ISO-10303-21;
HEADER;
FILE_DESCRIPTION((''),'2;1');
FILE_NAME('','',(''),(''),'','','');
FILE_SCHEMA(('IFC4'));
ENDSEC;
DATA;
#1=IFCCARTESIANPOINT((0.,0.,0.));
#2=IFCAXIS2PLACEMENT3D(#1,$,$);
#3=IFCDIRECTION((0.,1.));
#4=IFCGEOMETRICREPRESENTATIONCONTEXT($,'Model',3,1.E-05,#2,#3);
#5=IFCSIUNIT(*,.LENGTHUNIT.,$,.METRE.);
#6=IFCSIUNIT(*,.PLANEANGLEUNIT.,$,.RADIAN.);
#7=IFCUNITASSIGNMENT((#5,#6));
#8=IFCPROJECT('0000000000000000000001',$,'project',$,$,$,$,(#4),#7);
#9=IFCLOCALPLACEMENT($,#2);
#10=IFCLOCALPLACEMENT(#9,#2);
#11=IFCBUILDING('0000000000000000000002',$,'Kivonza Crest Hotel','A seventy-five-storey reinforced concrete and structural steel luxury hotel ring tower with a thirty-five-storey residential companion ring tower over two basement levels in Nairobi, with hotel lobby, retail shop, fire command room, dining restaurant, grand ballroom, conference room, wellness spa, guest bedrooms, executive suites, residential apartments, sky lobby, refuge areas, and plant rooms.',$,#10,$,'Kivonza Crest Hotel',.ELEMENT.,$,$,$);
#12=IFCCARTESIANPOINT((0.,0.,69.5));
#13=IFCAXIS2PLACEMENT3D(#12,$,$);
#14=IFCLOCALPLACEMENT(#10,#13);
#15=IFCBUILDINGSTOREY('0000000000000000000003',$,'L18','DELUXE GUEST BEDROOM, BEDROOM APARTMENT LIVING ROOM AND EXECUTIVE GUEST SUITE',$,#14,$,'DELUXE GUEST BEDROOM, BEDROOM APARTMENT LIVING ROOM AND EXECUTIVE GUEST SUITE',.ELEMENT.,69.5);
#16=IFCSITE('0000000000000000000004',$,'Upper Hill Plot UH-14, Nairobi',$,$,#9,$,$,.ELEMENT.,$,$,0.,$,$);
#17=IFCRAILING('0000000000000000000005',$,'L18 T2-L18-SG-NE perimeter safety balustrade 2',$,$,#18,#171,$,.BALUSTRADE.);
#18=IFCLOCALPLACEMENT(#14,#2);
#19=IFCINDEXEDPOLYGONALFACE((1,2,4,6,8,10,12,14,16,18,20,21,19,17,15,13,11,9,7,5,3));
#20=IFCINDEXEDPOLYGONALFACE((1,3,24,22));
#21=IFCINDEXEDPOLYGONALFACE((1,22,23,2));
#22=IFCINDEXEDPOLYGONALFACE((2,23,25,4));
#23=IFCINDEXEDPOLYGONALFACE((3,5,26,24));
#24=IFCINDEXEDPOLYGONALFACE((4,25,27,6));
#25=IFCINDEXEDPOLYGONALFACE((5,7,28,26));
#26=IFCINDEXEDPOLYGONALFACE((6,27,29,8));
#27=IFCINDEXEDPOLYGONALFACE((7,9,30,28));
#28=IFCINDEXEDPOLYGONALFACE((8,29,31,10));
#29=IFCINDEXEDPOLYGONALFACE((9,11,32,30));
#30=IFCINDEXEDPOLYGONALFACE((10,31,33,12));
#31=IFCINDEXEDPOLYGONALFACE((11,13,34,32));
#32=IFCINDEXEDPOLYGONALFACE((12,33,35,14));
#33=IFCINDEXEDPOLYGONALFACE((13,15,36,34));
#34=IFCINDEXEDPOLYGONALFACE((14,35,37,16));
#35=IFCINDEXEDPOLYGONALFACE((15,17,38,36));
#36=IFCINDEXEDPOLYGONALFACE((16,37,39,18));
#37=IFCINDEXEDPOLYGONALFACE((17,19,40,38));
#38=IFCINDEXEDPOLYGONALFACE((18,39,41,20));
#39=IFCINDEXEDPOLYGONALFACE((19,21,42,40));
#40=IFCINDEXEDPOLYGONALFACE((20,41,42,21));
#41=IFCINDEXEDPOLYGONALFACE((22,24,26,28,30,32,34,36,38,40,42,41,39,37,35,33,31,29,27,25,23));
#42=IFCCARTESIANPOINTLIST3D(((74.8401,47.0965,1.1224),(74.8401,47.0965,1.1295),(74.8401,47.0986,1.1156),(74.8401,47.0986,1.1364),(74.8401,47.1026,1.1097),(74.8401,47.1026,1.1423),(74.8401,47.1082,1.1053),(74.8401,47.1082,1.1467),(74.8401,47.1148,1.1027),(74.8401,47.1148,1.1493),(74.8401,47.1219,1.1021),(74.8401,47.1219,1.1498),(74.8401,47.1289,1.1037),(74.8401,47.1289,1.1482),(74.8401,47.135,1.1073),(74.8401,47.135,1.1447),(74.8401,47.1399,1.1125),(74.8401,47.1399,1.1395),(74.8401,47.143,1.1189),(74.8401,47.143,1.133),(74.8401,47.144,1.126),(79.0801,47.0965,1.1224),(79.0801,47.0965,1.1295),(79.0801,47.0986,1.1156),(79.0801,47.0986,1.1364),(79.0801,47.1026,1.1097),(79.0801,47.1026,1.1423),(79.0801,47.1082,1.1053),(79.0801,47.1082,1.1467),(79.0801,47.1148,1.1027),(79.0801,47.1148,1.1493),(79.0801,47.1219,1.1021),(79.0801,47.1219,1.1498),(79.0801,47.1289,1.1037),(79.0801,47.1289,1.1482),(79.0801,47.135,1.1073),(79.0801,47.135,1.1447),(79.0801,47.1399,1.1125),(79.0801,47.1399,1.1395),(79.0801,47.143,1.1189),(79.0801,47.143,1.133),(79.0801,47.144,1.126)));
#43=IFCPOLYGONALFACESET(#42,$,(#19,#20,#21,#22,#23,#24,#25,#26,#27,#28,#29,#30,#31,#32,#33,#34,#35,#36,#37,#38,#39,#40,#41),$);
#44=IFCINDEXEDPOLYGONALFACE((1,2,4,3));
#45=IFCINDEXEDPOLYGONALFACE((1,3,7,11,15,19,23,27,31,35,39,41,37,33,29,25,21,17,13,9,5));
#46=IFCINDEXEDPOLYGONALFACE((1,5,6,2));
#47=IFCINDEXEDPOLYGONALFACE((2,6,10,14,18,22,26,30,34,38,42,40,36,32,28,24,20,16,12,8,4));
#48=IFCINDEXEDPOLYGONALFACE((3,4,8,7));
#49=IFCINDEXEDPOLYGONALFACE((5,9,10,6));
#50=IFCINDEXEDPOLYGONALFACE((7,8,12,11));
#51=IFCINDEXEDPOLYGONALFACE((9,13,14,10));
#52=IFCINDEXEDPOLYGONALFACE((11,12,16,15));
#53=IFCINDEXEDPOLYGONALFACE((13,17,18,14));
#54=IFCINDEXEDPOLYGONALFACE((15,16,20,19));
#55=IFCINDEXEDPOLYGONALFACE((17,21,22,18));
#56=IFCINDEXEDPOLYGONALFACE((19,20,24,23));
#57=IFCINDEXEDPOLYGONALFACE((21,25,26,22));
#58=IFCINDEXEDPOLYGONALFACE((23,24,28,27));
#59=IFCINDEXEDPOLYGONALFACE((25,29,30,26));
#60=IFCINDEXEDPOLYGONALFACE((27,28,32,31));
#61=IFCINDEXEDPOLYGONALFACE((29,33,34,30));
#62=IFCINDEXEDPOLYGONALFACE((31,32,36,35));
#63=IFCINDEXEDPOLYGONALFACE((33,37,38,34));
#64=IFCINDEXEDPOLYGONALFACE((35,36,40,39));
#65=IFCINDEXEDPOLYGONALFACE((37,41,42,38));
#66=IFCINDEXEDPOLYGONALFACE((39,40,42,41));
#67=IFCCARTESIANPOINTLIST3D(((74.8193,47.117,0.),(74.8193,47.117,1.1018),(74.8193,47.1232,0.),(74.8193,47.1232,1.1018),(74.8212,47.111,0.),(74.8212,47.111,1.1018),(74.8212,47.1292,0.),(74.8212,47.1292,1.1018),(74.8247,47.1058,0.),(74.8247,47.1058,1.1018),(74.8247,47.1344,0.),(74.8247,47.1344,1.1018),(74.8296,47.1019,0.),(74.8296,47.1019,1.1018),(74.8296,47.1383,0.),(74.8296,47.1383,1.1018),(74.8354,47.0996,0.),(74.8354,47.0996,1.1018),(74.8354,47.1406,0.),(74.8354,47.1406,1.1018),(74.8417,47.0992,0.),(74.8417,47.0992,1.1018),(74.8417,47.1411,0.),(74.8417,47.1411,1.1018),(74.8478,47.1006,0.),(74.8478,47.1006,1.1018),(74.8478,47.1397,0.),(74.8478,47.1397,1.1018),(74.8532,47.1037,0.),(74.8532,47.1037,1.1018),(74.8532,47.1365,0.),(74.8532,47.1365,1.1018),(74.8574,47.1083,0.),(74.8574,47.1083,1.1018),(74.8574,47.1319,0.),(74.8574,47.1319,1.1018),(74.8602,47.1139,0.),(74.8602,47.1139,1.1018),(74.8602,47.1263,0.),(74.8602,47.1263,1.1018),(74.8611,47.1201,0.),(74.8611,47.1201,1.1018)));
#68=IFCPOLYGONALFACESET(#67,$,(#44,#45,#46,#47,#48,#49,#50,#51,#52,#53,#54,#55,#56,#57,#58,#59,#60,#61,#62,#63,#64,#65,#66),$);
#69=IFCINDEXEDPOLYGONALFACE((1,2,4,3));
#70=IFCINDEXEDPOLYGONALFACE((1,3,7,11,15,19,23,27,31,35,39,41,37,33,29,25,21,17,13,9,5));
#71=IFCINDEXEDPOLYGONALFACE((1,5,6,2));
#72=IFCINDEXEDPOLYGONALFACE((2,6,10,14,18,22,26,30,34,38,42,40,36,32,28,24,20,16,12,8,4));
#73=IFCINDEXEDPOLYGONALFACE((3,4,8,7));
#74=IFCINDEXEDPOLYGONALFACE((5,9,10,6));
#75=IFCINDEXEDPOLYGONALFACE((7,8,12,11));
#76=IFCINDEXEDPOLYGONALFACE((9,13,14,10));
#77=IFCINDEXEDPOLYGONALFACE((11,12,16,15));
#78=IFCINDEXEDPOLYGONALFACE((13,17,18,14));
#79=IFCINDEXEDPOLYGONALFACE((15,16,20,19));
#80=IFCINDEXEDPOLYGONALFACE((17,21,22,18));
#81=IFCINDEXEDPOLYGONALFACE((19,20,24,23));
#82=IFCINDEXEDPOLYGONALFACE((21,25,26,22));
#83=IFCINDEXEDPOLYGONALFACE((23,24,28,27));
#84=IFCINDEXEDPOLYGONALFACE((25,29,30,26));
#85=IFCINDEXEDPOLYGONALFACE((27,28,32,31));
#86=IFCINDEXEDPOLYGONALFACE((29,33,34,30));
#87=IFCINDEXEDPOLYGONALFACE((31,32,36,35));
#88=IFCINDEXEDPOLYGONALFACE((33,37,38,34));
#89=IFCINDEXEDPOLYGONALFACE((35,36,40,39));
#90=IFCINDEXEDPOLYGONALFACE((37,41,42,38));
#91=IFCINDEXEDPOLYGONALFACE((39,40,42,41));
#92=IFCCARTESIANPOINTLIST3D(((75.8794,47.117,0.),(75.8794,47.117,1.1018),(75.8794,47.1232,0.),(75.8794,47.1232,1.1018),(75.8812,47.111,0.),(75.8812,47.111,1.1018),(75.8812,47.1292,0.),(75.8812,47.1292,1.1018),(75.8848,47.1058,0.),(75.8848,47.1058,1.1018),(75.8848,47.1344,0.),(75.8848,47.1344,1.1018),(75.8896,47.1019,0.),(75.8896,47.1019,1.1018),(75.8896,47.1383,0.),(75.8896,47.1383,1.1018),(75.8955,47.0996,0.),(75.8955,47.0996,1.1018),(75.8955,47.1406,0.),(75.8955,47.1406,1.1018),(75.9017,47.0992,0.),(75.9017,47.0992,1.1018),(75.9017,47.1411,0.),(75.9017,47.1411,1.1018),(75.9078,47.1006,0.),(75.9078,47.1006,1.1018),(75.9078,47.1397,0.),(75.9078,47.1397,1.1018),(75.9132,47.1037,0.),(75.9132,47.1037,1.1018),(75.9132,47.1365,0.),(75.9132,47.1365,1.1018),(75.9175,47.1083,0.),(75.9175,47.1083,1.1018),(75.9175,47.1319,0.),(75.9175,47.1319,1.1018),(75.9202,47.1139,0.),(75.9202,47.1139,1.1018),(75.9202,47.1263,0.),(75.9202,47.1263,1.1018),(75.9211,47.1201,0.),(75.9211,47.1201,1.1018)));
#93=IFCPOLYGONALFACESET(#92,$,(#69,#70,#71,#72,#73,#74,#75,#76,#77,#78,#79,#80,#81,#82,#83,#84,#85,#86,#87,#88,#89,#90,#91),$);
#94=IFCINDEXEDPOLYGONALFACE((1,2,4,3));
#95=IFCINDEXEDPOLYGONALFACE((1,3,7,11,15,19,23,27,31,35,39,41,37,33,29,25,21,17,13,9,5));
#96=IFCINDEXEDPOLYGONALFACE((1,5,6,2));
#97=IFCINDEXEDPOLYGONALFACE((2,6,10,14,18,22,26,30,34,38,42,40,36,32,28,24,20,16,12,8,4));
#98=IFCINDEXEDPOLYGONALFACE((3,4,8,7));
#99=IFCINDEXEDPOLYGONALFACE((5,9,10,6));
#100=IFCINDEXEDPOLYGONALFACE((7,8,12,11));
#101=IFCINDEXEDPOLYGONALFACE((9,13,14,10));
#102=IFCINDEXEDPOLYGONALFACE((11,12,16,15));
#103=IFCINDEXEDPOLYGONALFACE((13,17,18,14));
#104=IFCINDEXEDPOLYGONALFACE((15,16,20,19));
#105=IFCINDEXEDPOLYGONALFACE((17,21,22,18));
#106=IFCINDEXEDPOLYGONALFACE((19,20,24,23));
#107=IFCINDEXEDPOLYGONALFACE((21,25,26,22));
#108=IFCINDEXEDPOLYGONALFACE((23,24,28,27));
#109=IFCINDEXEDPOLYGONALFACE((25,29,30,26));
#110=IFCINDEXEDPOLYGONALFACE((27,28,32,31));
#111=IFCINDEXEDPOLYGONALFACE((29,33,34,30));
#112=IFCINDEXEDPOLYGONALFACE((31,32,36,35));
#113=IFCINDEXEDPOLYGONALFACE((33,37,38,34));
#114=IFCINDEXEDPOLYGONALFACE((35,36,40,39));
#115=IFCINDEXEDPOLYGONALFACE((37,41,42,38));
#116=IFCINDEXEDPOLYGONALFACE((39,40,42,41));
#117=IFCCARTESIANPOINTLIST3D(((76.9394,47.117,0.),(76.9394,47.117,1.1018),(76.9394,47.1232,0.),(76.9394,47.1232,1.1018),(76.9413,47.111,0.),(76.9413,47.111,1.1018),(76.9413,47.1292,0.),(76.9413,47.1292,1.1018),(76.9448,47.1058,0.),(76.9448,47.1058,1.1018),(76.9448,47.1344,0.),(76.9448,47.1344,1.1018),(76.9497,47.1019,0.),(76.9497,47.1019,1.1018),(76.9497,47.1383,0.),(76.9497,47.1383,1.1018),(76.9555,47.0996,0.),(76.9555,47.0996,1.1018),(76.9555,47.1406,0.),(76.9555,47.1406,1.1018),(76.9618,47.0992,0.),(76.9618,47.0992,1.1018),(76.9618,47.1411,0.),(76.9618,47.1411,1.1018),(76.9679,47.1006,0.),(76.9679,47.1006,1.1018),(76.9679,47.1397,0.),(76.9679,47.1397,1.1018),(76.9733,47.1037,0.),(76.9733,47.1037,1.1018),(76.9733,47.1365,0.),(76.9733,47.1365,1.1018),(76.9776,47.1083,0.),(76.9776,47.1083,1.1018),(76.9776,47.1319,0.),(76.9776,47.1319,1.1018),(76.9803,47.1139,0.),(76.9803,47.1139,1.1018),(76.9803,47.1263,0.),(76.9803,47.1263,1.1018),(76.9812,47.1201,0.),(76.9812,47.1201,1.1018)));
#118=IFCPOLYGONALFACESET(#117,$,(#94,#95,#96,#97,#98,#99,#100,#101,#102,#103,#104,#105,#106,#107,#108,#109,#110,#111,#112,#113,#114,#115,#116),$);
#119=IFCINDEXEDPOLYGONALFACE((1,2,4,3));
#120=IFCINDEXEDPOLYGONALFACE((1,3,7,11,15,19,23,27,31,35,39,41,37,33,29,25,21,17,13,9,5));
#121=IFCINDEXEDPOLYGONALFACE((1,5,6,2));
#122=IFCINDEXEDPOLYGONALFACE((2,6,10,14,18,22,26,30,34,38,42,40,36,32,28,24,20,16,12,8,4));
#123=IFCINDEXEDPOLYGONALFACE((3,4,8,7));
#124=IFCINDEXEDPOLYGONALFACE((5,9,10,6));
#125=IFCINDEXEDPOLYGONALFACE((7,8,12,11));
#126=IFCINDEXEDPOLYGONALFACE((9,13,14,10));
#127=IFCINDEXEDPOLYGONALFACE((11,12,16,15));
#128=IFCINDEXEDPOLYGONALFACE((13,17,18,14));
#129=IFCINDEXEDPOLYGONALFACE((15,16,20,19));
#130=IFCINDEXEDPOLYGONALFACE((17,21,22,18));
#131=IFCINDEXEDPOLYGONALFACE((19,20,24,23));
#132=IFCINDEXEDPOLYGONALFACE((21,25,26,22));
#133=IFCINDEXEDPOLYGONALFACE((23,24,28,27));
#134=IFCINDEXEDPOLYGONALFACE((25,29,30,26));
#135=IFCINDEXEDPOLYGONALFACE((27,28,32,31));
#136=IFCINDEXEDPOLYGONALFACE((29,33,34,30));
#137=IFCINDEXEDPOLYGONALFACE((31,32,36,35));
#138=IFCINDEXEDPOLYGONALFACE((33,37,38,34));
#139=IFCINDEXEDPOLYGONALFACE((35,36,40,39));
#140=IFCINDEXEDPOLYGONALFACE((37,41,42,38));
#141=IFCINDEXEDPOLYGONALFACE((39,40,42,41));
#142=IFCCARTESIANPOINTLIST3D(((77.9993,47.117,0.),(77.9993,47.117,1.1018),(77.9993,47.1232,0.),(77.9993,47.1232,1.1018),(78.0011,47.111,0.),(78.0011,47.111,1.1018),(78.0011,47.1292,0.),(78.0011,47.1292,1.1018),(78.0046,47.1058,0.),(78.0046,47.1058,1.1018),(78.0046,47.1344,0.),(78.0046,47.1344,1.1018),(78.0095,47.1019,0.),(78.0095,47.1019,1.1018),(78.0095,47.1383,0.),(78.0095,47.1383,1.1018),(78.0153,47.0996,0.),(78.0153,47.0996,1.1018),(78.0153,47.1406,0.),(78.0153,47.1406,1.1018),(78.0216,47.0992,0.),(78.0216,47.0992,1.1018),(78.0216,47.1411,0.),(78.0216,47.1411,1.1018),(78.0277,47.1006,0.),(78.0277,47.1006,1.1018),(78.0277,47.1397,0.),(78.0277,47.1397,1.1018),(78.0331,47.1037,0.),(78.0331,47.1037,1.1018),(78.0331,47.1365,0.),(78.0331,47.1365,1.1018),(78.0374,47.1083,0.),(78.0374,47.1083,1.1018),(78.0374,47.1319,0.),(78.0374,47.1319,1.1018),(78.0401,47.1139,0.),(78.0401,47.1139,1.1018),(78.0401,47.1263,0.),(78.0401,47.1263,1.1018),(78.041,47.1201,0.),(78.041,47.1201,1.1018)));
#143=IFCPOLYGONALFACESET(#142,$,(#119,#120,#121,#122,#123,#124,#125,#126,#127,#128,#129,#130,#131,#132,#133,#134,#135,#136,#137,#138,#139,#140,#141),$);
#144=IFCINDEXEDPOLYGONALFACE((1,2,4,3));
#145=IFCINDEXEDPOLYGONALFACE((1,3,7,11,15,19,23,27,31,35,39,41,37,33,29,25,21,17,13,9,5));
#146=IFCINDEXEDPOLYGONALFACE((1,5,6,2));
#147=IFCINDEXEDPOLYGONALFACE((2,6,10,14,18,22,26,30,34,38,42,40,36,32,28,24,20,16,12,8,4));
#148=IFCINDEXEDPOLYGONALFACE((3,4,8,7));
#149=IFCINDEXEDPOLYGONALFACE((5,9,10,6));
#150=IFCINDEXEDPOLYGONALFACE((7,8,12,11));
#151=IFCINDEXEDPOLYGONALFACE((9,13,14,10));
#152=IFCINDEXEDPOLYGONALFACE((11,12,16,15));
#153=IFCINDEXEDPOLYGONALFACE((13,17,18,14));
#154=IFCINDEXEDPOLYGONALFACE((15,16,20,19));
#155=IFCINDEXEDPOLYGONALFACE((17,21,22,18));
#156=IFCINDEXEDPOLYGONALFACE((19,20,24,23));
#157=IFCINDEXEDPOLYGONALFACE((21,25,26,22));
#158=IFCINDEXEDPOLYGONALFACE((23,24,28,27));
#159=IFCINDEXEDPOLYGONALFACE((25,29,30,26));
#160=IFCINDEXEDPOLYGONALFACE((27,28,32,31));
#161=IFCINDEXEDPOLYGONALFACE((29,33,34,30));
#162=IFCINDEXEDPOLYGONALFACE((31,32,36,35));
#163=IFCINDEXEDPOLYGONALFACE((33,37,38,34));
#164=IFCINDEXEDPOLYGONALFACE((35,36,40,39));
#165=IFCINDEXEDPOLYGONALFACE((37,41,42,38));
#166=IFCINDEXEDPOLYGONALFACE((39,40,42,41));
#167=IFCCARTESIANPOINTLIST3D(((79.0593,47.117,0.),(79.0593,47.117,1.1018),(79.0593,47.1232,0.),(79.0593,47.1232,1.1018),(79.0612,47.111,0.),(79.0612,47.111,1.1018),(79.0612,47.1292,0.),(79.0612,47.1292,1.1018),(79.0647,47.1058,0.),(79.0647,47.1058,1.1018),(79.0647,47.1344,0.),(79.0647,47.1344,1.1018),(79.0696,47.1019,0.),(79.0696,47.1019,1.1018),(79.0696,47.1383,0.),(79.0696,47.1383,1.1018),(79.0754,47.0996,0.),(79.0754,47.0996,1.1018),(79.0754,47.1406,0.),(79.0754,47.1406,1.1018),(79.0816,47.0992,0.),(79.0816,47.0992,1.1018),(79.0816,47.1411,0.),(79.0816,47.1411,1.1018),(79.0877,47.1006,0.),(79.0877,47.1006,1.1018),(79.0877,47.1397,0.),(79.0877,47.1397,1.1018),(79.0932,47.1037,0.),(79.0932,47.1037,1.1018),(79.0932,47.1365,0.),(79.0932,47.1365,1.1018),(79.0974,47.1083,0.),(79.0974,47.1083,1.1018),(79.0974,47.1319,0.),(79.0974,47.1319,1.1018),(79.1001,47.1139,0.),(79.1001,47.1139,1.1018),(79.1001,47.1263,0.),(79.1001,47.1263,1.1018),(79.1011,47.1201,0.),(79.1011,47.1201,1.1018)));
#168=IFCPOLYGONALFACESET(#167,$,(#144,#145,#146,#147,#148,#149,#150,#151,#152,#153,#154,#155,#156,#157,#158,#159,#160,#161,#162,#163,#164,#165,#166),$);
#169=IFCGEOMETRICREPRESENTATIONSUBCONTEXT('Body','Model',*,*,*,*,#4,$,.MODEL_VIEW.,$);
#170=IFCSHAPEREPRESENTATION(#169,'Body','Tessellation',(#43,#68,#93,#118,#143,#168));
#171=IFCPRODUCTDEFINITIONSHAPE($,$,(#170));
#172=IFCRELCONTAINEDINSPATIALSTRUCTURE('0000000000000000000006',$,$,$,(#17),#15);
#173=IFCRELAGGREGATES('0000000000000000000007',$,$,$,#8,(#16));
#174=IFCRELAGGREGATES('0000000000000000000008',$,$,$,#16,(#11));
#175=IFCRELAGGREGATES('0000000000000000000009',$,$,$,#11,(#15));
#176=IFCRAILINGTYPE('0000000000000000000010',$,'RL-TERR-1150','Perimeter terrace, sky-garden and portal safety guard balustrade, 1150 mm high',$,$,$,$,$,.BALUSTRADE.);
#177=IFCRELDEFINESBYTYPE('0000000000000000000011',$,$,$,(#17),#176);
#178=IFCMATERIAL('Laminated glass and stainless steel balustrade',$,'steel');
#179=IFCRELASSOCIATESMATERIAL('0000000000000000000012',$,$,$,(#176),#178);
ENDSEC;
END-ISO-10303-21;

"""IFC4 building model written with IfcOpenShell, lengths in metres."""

from ifc_helpers import new_model, si_unit, direction, frame, origin, origin_2d, place, context, subcontext, project, spatial, circle, extrude, material, type_object, element, save


model = new_model("IFC4")

# Units and contexts
model_context = context("Model", 3, precision=1e-05, world=origin(), true_north=direction((0.0, 1.0)))
body_context = subcontext(model_context, "Body", "Model", "MODEL_VIEW")
ifc_project = project(units=[si_unit("LENGTHUNIT", "METRE"), si_unit("PLANEANGLEUNIT", "RADIAN")], contexts=[model_context])

# Site, building, storey
site_placement = place(None, origin())
site = spatial("IfcSite", under=ifc_project, at=site_placement, Name="Upper Hill Plot UH-14, Nairobi", CompositionType="ELEMENT", RefElevation=0.0)
building_placement = place(site_placement, origin())
building = spatial("IfcBuilding", under=site, at=building_placement, Name="Kivonza Crest Hotel", Description="A seventy-five-storey reinforced concrete and structural steel luxury hotel ring tower with a thirty-five-storey residential companion ring tower over two basement levels in Nairobi, with hotel lobby, retail shop, fire command room, dining restaurant, grand ballroom, conference room, wellness spa, guest bedrooms, executive suites, residential apartments, sky lobby, refuge areas, and plant rooms.", LongName="Kivonza Crest Hotel", CompositionType="ELEMENT")
storey_placement = place(building_placement, frame((0.0, 0.0, 69.5)))
storey = spatial("IfcBuildingStorey", under=building, at=storey_placement, Name="L18", Description="DELUXE GUEST BEDROOM, BEDROOM APARTMENT LIVING ROOM AND EXECUTIVE GUEST SUITE", LongName="DELUXE GUEST BEDROOM, BEDROOM APARTMENT LIVING ROOM AND EXECUTIVE GUEST SUITE", CompositionType="ELEMENT", Elevation=69.5)

# Railing
ifc_material_1 = material(Name="Laminated glass and stainless steel balustrade", Category="steel")
railing_type = type_object("IfcRailingType", Name="RL-TERR-1150", Description="Perimeter terrace, sky-garden and portal safety guard balustrade, 1150 mm high", PredefinedType="BALUSTRADE", material=ifc_material_1)
railing_1_placement = place(storey_placement, frame((74.8401, 47.1201, 0.0)))
element("IfcRailing", 1, at=railing_1_placement, inside=storey, type_object=railing_type, Name="L18 T2-L18-SG-NE perimeter safety balustrade 2", PredefinedType="BALUSTRADE", context=body_context, shape_type="SweptSolid", body=[
    extrude(circle(Radius=0.0239, at=origin_2d()), frame((0.0, 0.0, 1.126), z_axis=(1.0, 0.0, 0.0), x_axis=(0.0, 1.0, 0.0)), (0.0, 0.0, 1.0), 4.24),
    extrude(circle(Radius=0.021, at=origin_2d()), origin(), (0.0, 0.0, 1.0), 1.1018),
    extrude(circle(Radius=0.021, at=origin_2d()), frame((1.0601, 0.0, 0.0)), (0.0, 0.0, 1.0), 1.1018),
    extrude(circle(Radius=0.021, at=origin_2d()), frame((2.1201, 0.0, 0.0)), (0.0, 0.0, 1.0), 1.1018),
    extrude(circle(Radius=0.021, at=origin_2d()), frame((3.1799, 0.0, 0.0)), (0.0, 0.0, 1.0), 1.1018),
    extrude(circle(Radius=0.021, at=origin_2d()), frame((4.24, 0.0, 0.0)), (0.0, 0.0, 1.0), 1.1018),
])

save(model, "model.ifc")
